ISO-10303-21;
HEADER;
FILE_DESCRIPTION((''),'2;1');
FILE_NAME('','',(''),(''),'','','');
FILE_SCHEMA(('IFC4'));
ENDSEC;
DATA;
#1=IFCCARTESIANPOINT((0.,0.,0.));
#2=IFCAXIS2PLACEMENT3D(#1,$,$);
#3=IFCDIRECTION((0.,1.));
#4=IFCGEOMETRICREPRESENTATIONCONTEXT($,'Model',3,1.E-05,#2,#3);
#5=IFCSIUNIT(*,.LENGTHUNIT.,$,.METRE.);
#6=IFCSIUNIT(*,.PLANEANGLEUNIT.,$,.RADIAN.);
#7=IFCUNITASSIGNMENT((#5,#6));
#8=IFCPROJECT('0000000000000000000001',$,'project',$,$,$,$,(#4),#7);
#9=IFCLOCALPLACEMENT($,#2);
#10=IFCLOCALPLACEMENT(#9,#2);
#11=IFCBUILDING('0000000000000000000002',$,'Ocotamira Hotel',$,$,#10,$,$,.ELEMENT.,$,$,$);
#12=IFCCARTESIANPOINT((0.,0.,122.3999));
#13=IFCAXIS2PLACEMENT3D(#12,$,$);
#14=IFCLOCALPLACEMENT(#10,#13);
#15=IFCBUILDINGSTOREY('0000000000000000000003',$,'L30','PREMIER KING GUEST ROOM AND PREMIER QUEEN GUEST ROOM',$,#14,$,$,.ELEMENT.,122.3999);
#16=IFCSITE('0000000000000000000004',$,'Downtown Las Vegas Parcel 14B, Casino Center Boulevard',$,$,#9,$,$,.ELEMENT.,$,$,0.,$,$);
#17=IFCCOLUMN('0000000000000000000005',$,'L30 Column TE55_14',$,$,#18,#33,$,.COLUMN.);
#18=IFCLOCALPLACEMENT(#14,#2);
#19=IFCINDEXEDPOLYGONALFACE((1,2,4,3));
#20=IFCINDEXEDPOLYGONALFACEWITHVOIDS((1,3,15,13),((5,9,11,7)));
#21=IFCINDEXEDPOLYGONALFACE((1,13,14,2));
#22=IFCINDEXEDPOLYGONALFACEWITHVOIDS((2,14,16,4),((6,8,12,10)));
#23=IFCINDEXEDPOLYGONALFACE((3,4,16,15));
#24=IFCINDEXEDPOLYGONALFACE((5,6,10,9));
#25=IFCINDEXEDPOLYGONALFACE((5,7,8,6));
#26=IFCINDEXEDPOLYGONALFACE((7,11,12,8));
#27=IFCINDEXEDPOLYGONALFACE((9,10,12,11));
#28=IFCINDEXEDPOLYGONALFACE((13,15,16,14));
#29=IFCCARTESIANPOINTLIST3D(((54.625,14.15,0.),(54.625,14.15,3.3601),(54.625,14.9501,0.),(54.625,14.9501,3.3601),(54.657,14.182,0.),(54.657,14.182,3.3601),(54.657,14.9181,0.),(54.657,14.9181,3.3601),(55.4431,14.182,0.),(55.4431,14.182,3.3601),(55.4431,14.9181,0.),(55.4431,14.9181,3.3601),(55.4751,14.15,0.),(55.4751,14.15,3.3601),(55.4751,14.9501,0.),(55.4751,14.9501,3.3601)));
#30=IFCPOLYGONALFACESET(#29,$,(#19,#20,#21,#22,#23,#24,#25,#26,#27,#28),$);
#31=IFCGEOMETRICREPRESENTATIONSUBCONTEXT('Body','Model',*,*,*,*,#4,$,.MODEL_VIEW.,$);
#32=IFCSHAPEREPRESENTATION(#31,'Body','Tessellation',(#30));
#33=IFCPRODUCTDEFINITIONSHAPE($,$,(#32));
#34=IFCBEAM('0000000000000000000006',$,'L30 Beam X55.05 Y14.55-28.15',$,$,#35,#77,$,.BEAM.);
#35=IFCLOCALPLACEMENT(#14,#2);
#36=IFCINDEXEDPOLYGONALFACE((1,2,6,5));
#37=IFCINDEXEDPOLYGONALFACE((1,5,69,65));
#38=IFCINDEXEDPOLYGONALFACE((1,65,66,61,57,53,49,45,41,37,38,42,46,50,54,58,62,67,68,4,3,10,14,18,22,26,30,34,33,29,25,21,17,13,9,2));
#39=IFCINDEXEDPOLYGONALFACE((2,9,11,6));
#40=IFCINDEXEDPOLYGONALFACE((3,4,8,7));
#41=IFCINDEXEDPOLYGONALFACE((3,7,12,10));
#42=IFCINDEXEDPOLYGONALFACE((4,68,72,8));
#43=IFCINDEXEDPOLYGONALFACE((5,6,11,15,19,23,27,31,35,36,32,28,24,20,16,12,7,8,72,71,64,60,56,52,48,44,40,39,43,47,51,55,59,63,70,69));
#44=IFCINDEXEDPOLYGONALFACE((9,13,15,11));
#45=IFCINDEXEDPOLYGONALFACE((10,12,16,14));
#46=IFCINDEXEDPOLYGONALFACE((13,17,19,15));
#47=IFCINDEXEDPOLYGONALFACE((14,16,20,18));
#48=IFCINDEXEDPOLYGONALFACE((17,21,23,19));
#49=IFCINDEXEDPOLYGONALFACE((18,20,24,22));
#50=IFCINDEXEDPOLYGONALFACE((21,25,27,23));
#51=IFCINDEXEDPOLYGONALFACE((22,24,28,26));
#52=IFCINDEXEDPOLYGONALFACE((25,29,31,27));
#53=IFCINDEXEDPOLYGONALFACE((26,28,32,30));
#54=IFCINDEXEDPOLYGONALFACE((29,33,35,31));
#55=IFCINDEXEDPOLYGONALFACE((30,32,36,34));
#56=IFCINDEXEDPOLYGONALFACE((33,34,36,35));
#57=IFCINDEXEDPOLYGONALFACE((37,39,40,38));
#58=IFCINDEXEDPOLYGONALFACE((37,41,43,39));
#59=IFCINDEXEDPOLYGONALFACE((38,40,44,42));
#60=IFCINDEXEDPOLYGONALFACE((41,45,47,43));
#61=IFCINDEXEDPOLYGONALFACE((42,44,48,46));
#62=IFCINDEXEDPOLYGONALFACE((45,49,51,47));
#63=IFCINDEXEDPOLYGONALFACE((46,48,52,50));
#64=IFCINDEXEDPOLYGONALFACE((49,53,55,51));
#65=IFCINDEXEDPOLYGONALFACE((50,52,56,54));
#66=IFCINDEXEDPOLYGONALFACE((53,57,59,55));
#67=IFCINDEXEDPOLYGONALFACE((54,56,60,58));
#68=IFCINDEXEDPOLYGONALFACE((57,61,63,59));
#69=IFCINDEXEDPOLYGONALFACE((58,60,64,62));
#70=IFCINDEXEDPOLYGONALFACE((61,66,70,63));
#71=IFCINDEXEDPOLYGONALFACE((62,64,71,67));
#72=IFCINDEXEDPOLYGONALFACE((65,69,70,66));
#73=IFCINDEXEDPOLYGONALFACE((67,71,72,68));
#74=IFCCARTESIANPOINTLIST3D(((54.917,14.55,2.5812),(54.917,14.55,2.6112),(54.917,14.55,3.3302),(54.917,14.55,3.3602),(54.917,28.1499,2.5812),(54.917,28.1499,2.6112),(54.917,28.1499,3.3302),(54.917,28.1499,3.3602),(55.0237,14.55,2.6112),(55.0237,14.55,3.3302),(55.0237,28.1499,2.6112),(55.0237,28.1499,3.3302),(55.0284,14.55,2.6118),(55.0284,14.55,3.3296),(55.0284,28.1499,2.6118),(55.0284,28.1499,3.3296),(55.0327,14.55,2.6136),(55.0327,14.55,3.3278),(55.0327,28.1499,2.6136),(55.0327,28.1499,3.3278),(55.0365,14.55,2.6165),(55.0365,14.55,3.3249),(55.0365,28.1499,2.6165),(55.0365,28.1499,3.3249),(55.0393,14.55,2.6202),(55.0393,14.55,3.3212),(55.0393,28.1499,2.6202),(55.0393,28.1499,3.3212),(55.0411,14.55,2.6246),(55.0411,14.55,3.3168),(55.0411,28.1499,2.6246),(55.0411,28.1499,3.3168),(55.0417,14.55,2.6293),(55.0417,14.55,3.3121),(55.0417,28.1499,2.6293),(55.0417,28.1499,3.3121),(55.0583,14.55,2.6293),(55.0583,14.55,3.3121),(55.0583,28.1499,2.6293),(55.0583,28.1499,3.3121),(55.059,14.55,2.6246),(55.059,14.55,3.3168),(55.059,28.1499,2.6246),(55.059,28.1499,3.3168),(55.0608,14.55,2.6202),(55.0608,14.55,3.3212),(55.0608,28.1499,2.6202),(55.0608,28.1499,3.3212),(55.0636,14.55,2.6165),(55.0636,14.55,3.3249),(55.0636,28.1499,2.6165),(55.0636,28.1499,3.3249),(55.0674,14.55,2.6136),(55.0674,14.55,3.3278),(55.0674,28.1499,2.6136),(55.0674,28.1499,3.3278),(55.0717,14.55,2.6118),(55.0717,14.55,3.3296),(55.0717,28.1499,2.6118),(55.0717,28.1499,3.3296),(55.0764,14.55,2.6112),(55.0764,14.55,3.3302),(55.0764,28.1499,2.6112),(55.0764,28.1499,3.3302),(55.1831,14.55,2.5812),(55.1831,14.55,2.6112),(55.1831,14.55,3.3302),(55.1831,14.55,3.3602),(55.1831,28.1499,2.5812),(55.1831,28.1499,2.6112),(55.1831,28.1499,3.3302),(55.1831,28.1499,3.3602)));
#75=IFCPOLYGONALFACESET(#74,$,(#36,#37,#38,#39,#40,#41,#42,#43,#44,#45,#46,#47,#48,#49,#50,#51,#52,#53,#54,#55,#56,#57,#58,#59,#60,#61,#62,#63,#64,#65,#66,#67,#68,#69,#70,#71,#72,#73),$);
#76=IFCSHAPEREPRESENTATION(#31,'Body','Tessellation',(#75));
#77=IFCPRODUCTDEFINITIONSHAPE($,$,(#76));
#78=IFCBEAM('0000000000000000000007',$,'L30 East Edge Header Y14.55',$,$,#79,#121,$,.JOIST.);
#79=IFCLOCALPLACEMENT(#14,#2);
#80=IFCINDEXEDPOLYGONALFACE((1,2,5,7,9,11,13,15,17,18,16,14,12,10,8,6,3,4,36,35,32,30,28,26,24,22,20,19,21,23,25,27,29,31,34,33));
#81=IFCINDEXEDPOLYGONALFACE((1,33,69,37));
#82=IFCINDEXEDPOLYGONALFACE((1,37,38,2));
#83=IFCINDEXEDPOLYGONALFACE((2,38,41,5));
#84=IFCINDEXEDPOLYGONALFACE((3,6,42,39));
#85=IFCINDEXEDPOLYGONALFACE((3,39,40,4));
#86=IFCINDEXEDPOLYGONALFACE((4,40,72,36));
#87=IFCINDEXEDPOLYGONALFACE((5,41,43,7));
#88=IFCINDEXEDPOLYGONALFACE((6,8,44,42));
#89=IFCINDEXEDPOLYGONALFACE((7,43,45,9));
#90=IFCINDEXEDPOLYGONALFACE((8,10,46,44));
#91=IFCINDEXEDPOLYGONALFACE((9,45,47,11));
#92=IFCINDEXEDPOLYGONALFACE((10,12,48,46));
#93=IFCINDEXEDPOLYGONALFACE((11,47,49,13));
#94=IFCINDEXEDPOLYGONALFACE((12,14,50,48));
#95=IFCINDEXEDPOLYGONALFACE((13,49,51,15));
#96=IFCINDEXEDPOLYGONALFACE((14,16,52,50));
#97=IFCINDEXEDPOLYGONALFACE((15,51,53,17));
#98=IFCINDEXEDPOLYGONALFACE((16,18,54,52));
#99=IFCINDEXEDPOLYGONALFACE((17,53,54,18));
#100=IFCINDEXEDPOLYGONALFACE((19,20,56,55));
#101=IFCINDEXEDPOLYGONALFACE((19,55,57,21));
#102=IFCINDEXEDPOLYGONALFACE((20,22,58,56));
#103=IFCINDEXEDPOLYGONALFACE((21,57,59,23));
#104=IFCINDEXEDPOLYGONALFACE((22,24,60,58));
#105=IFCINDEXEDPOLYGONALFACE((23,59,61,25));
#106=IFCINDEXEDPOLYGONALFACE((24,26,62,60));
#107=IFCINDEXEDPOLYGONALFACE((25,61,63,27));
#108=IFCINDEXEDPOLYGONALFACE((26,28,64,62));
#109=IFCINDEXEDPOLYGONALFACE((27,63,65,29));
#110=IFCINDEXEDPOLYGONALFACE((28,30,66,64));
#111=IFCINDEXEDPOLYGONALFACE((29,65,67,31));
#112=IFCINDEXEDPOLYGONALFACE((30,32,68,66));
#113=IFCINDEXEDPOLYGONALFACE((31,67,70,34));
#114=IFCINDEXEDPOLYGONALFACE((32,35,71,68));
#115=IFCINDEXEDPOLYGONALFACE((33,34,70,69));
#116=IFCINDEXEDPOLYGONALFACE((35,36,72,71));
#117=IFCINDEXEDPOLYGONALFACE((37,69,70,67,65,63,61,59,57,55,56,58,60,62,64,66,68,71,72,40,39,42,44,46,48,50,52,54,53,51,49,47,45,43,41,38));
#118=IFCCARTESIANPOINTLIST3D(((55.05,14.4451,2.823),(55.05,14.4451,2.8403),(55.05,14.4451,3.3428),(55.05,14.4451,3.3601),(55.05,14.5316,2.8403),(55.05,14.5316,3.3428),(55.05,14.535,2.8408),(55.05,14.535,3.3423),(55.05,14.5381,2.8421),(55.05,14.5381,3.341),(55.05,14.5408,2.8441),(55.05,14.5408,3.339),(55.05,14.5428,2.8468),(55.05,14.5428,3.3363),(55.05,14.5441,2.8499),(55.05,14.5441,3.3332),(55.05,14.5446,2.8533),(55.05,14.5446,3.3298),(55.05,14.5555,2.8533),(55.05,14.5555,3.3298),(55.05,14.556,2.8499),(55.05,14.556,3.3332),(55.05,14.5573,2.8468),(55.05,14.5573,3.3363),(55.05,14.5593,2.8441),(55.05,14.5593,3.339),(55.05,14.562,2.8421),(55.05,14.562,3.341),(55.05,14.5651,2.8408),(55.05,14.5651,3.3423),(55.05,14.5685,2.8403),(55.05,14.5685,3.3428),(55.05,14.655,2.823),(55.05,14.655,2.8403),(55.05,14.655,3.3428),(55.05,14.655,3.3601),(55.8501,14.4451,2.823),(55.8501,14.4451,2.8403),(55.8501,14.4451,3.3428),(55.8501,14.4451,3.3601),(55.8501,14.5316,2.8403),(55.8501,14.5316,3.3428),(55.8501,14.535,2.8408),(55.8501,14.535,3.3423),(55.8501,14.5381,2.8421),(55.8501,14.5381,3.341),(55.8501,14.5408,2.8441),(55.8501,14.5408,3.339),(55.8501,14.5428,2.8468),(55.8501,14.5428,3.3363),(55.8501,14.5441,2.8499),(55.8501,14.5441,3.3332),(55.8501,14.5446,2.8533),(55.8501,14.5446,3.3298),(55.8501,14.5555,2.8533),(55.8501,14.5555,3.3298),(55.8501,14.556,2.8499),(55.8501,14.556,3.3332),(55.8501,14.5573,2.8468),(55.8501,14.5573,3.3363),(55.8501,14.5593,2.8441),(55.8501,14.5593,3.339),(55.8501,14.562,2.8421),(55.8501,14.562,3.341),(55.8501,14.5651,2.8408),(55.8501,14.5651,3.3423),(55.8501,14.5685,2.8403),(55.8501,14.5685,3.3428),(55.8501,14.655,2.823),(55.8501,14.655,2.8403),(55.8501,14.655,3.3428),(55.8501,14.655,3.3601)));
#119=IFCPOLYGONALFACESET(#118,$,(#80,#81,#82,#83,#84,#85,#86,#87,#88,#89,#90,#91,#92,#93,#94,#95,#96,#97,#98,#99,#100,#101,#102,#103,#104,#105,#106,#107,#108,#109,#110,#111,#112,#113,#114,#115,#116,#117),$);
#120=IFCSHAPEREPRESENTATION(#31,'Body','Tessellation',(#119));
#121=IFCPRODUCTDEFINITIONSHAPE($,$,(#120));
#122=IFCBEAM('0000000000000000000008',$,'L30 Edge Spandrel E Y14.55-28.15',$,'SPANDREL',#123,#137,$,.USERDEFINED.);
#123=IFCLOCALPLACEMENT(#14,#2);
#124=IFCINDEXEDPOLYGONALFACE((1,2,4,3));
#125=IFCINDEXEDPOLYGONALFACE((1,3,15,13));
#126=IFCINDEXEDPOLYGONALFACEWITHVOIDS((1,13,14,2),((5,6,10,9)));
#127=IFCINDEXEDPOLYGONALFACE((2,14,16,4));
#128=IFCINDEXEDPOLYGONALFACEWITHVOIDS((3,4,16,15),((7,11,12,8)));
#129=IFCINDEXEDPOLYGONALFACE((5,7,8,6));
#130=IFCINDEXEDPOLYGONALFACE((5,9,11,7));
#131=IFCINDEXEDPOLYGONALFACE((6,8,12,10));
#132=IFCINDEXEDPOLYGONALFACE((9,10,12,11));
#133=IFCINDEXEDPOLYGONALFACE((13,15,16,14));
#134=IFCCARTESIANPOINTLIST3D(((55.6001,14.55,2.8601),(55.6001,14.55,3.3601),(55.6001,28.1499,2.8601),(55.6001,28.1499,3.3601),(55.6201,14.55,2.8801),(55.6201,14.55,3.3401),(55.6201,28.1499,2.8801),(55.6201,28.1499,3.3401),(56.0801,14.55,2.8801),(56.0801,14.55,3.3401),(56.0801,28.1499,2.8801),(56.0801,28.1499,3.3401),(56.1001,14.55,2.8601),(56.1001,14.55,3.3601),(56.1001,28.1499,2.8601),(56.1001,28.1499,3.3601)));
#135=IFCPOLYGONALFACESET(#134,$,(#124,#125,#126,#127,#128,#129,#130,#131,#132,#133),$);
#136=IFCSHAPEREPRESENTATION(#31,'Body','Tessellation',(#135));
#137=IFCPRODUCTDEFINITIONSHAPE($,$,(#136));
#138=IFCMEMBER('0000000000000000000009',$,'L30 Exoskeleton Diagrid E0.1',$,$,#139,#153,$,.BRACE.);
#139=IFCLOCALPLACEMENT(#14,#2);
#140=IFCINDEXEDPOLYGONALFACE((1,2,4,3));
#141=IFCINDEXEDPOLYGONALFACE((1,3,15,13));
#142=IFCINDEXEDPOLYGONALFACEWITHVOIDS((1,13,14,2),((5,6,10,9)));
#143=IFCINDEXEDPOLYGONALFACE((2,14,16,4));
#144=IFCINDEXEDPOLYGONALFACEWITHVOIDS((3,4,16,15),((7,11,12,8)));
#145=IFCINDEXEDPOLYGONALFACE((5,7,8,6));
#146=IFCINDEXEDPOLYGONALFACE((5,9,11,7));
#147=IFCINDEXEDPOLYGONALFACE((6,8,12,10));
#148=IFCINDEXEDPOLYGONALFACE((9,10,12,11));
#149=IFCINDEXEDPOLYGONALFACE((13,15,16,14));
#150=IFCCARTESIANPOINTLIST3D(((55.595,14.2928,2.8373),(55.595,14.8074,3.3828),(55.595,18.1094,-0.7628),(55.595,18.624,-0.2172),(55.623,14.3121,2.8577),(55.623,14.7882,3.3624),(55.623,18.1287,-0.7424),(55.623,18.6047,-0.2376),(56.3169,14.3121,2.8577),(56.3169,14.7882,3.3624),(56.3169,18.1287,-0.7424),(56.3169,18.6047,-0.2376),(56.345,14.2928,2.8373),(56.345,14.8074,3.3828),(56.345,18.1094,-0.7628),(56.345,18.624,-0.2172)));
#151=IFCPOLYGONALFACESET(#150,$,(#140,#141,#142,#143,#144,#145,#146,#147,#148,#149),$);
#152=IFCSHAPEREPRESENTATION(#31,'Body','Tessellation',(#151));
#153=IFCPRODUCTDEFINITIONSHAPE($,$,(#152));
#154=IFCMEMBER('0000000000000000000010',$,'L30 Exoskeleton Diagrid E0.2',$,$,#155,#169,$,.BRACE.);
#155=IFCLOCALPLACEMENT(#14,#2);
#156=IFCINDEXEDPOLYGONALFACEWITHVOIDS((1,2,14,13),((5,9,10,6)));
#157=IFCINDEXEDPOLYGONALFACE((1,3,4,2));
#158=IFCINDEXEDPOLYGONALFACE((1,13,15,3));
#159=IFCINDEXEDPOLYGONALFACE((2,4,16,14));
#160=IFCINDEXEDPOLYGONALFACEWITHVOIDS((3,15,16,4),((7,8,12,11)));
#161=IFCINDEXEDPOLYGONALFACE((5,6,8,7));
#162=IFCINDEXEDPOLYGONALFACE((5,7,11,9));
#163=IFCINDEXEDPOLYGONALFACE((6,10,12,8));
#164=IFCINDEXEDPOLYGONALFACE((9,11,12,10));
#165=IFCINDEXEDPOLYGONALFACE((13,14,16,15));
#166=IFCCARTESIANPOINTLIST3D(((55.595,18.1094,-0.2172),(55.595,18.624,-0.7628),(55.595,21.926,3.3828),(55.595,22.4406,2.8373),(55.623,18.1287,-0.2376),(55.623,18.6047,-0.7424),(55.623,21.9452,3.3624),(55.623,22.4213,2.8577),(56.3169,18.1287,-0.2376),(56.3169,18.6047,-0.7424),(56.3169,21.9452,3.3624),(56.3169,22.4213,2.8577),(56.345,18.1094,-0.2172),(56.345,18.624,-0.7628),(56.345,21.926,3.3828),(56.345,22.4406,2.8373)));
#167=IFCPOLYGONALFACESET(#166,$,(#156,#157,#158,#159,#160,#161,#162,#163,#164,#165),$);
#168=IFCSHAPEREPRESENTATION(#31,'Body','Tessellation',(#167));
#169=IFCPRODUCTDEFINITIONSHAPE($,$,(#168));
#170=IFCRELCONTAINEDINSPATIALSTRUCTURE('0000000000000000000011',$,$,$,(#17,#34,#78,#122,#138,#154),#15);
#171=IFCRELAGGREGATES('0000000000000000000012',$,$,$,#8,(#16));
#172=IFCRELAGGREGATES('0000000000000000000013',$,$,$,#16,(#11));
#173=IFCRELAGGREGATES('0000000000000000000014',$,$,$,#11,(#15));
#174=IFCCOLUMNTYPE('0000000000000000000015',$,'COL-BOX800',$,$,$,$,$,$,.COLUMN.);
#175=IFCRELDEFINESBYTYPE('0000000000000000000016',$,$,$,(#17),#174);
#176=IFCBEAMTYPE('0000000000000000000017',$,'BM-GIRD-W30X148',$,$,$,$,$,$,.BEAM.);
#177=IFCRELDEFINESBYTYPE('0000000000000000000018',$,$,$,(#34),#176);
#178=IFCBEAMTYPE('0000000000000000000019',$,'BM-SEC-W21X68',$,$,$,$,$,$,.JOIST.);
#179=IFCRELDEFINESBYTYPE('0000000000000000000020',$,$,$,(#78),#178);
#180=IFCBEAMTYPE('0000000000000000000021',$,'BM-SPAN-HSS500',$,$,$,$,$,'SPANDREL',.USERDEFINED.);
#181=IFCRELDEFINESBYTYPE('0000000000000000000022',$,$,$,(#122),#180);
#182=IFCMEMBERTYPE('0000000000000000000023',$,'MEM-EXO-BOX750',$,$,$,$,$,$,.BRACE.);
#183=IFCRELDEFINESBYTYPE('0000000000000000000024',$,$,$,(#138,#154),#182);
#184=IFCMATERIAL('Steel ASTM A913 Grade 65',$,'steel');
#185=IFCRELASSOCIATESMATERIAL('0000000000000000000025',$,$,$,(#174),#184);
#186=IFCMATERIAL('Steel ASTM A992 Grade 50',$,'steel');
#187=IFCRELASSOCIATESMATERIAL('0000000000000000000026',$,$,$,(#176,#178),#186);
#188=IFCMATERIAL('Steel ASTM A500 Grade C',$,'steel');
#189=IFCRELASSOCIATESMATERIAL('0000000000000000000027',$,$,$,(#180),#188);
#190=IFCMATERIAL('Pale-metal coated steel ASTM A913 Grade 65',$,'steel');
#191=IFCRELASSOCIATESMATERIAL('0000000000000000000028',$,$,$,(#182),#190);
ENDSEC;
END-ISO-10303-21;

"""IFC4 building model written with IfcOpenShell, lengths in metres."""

from ifc_helpers import new_model, si_unit, direction, frame, origin, origin_2d, place, context, subcontext, project, spatial, hollow_rectangle, i_section, extrude, source, transform, mapped, material, material_profile, profile_set, type_object, element, save


model = new_model("IFC4")

# Units and contexts
model_context = context("Model", 3, precision=1e-05, world=origin(), true_north=direction((0.0, 1.0)))
body_context = subcontext(model_context, "Body", "Model", "MODEL_VIEW")
ifc_project = project(units=[si_unit("LENGTHUNIT", "METRE"), si_unit("PLANEANGLEUNIT", "RADIAN")], contexts=[model_context])

# Site, building, storey
site_placement = place(None, origin())
site = spatial("IfcSite", under=ifc_project, at=site_placement, Name="Downtown Las Vegas Parcel 14B, Casino Center Boulevard", CompositionType="ELEMENT", RefElevation=0.0)
building_placement = place(site_placement, origin())
building = spatial("IfcBuilding", under=site, at=building_placement, Name="Ocotamira Hotel", CompositionType="ELEMENT")
storey_placement = place(building_placement, frame((0.0, 0.0, 122.3999)))
storey = spatial("IfcBuildingStorey", under=building, at=storey_placement, Name="L30", Description="PREMIER KING GUEST ROOM AND PREMIER QUEEN GUEST ROOM", CompositionType="ELEMENT", Elevation=122.3999)

# Column
ifc_material_1 = material(Name="Steel ASTM A913 Grade 65", Category="steel")
ifc_material_profile_1 = material_profile(ifc_material_1, hollow_rectangle(XDim=0.8501, YDim=0.8, WallThickness=0.032, at=origin_2d()), Name="BOX800X850X32")
ifc_profile_set_1 = profile_set([ifc_material_profile_1], Name="Steel ASTM A913 Grade 65")
column_type = type_object("IfcColumnType", Name="COL-BOX800", PredefinedType="COLUMN", material=ifc_profile_set_1)
shared_shape_1 = source(origin(), body_context, "Body", "SweptSolid", [
    extrude(hollow_rectangle(XDim=0.8501, YDim=0.8, WallThickness=0.032, at=origin_2d()), origin(), (0.0, 0.0, 1.0), 3.3601),
])
column_placement = place(storey_placement, frame((55.05, 14.55, 0.0), z_axis=(0.0, 0.0, 1.0), x_axis=(1.0, 0.0, 0.0)))
element("IfcColumn", 1, at=column_placement, inside=storey, type_object=column_type, Name="L30 Column TE55_14", PredefinedType="COLUMN", context=body_context, shape_type="MappedRepresentation", body=[
    mapped(shared_shape_1, transform((0.0, 0.0, 0.0), scale=1.0)),
])

# Beams
ifc_material_2 = material(Name="Steel ASTM A992 Grade 50", Category="steel")
ifc_material_profile_2 = material_profile(ifc_material_2, i_section(OverallWidth=0.2661, OverallDepth=0.7791, WebThickness=0.0166, FlangeThickness=0.03, FilletRadius=0.0181, at=origin_2d()), Name="W30X148")
ifc_profile_set_2 = profile_set([ifc_material_profile_2], Name="Steel ASTM A992 Grade 50")
beam_type_1 = type_object("IfcBeamType", Name="BM-GIRD-W30X148", PredefinedType="BEAM", material=ifc_profile_set_2)
shared_shape_2 = source(origin(), body_context, "Body", "SweptSolid", [
    extrude(i_section(OverallWidth=0.2661, OverallDepth=0.7791, WebThickness=0.0166, FlangeThickness=0.03, FilletRadius=0.0181, at=origin_2d()), origin(), (0.0, 0.0, 1.0), 13.5999),
])
beam_1_placement = place(storey_placement, frame((55.05, 14.55, 2.9707), z_axis=(0.0, 1.0, 0.0), x_axis=(-1.0, 0.0, 0.0)))
element("IfcBeam", 2, at=beam_1_placement, inside=storey, type_object=beam_type_1, Name="L30 Beam X55.05 Y14.55-28.15", PredefinedType="BEAM", context=body_context, shape_type="MappedRepresentation", body=[
    mapped(shared_shape_2, transform((0.0, 0.0, 0.0), scale=1.0)),
])
ifc_material_profile_3 = material_profile(ifc_material_2, i_section(OverallWidth=0.21, OverallDepth=0.5371, WebThickness=0.011, FlangeThickness=0.0173, FilletRadius=0.0129, at=origin_2d()), Name="W21X68")
ifc_profile_set_3 = profile_set([ifc_material_profile_3], Name="Steel ASTM A992 Grade 50")
beam_type_2 = type_object("IfcBeamType", Name="BM-SEC-W21X68", PredefinedType="JOIST", material=ifc_profile_set_3)
shared_shape_3 = source(origin(), body_context, "Body", "SweptSolid", [
    extrude(i_section(OverallWidth=0.21, OverallDepth=0.5371, WebThickness=0.011, FlangeThickness=0.0173, FilletRadius=0.0129, at=origin_2d()), origin(), (0.0, 0.0, 1.0), 0.8),
])
beam_2_placement = place(storey_placement, frame((55.05, 14.55, 3.0916), z_axis=(1.0, 0.0, 0.0), x_axis=(0.0, 1.0, 0.0)))
element("IfcBeam", 3, at=beam_2_placement, inside=storey, type_object=beam_type_2, Name="L30 East Edge Header Y14.55", PredefinedType="JOIST", context=body_context, shape_type="MappedRepresentation", body=[
    mapped(shared_shape_3, transform((0.0, 0.0, 0.0), scale=1.0)),
])
ifc_material_3 = material(Name="Steel ASTM A500 Grade C", Category="steel")
ifc_material_profile_4 = material_profile(ifc_material_3, hollow_rectangle(XDim=0.5, YDim=0.5, WallThickness=0.02, at=origin_2d()), Name="HSS500X500X20")
ifc_profile_set_4 = profile_set([ifc_material_profile_4], Name="Steel ASTM A500 Grade C")
beam_type_3 = type_object("IfcBeamType", Name="BM-SPAN-HSS500", ElementType="SPANDREL", PredefinedType="USERDEFINED", material=ifc_profile_set_4)
shared_shape_4 = source(origin(), body_context, "Body", "SweptSolid", [
    extrude(hollow_rectangle(XDim=0.5, YDim=0.5, WallThickness=0.02, at=origin_2d()), origin(), (0.0, 0.0, 1.0), 13.5999),
])
beam_3_placement = place(storey_placement, frame((55.8501, 14.55, 3.1101), z_axis=(0.0, 1.0, 0.0), x_axis=(-1.0, 0.0, 0.0)))
element("IfcBeam", 4, at=beam_3_placement, inside=storey, type_object=beam_type_3, Name="L30 Edge Spandrel E Y14.55-28.15", ObjectType="SPANDREL", PredefinedType="USERDEFINED", context=body_context, shape_type="MappedRepresentation", body=[
    mapped(shared_shape_4, transform((0.0, 0.0, 0.0), scale=1.0)),
])

# Members
ifc_material_4 = material(Name="Pale-metal coated steel ASTM A913 Grade 65", Category="steel")
ifc_material_profile_5 = material_profile(ifc_material_4, hollow_rectangle(XDim=0.75, YDim=0.75, WallThickness=0.0281, at=origin_2d()), Name="BOX750X750X28")
ifc_profile_set_5 = profile_set([ifc_material_profile_5], Name="Pale-metal coated steel ASTM A913 Grade 65")
member_type_1 = type_object("IfcMemberType", Name="MEM-EXO-BOX750", PredefinedType="BRACE", material=ifc_profile_set_5)
shared_shape_5 = source(origin(), body_context, "Body", "SweptSolid", [
    extrude(hollow_rectangle(XDim=0.75, YDim=0.75, WallThickness=0.0281, at=origin_2d()), origin(), (0.0, 0.0, 1.0), 5.2466),
])
for number, where, z_axis, x_axis, name in (
    (5, (55.97, 18.3667, -0.49), (0.0, -0.727443, 0.686168), (1.0, 0.0, 0.0), "L30 Exoskeleton Diagrid E0.1"),
    (6, (55.97, 18.3667, -0.49), (0.0, 0.727443, 0.686168), (-1.0, 0.0, 0.0), "L30 Exoskeleton Diagrid E0.2"),
):
    element("IfcMember", number, at=place(storey_placement, frame(where, z_axis=z_axis, x_axis=x_axis)), inside=storey, type_object=member_type_1, Name=name, PredefinedType="BRACE", context=body_context, shape_type="MappedRepresentation", body=[
        mapped(shared_shape_5, transform((0.0, 0.0, 0.0), scale=1.0)),
    ])

save(model, "model.ifc")
